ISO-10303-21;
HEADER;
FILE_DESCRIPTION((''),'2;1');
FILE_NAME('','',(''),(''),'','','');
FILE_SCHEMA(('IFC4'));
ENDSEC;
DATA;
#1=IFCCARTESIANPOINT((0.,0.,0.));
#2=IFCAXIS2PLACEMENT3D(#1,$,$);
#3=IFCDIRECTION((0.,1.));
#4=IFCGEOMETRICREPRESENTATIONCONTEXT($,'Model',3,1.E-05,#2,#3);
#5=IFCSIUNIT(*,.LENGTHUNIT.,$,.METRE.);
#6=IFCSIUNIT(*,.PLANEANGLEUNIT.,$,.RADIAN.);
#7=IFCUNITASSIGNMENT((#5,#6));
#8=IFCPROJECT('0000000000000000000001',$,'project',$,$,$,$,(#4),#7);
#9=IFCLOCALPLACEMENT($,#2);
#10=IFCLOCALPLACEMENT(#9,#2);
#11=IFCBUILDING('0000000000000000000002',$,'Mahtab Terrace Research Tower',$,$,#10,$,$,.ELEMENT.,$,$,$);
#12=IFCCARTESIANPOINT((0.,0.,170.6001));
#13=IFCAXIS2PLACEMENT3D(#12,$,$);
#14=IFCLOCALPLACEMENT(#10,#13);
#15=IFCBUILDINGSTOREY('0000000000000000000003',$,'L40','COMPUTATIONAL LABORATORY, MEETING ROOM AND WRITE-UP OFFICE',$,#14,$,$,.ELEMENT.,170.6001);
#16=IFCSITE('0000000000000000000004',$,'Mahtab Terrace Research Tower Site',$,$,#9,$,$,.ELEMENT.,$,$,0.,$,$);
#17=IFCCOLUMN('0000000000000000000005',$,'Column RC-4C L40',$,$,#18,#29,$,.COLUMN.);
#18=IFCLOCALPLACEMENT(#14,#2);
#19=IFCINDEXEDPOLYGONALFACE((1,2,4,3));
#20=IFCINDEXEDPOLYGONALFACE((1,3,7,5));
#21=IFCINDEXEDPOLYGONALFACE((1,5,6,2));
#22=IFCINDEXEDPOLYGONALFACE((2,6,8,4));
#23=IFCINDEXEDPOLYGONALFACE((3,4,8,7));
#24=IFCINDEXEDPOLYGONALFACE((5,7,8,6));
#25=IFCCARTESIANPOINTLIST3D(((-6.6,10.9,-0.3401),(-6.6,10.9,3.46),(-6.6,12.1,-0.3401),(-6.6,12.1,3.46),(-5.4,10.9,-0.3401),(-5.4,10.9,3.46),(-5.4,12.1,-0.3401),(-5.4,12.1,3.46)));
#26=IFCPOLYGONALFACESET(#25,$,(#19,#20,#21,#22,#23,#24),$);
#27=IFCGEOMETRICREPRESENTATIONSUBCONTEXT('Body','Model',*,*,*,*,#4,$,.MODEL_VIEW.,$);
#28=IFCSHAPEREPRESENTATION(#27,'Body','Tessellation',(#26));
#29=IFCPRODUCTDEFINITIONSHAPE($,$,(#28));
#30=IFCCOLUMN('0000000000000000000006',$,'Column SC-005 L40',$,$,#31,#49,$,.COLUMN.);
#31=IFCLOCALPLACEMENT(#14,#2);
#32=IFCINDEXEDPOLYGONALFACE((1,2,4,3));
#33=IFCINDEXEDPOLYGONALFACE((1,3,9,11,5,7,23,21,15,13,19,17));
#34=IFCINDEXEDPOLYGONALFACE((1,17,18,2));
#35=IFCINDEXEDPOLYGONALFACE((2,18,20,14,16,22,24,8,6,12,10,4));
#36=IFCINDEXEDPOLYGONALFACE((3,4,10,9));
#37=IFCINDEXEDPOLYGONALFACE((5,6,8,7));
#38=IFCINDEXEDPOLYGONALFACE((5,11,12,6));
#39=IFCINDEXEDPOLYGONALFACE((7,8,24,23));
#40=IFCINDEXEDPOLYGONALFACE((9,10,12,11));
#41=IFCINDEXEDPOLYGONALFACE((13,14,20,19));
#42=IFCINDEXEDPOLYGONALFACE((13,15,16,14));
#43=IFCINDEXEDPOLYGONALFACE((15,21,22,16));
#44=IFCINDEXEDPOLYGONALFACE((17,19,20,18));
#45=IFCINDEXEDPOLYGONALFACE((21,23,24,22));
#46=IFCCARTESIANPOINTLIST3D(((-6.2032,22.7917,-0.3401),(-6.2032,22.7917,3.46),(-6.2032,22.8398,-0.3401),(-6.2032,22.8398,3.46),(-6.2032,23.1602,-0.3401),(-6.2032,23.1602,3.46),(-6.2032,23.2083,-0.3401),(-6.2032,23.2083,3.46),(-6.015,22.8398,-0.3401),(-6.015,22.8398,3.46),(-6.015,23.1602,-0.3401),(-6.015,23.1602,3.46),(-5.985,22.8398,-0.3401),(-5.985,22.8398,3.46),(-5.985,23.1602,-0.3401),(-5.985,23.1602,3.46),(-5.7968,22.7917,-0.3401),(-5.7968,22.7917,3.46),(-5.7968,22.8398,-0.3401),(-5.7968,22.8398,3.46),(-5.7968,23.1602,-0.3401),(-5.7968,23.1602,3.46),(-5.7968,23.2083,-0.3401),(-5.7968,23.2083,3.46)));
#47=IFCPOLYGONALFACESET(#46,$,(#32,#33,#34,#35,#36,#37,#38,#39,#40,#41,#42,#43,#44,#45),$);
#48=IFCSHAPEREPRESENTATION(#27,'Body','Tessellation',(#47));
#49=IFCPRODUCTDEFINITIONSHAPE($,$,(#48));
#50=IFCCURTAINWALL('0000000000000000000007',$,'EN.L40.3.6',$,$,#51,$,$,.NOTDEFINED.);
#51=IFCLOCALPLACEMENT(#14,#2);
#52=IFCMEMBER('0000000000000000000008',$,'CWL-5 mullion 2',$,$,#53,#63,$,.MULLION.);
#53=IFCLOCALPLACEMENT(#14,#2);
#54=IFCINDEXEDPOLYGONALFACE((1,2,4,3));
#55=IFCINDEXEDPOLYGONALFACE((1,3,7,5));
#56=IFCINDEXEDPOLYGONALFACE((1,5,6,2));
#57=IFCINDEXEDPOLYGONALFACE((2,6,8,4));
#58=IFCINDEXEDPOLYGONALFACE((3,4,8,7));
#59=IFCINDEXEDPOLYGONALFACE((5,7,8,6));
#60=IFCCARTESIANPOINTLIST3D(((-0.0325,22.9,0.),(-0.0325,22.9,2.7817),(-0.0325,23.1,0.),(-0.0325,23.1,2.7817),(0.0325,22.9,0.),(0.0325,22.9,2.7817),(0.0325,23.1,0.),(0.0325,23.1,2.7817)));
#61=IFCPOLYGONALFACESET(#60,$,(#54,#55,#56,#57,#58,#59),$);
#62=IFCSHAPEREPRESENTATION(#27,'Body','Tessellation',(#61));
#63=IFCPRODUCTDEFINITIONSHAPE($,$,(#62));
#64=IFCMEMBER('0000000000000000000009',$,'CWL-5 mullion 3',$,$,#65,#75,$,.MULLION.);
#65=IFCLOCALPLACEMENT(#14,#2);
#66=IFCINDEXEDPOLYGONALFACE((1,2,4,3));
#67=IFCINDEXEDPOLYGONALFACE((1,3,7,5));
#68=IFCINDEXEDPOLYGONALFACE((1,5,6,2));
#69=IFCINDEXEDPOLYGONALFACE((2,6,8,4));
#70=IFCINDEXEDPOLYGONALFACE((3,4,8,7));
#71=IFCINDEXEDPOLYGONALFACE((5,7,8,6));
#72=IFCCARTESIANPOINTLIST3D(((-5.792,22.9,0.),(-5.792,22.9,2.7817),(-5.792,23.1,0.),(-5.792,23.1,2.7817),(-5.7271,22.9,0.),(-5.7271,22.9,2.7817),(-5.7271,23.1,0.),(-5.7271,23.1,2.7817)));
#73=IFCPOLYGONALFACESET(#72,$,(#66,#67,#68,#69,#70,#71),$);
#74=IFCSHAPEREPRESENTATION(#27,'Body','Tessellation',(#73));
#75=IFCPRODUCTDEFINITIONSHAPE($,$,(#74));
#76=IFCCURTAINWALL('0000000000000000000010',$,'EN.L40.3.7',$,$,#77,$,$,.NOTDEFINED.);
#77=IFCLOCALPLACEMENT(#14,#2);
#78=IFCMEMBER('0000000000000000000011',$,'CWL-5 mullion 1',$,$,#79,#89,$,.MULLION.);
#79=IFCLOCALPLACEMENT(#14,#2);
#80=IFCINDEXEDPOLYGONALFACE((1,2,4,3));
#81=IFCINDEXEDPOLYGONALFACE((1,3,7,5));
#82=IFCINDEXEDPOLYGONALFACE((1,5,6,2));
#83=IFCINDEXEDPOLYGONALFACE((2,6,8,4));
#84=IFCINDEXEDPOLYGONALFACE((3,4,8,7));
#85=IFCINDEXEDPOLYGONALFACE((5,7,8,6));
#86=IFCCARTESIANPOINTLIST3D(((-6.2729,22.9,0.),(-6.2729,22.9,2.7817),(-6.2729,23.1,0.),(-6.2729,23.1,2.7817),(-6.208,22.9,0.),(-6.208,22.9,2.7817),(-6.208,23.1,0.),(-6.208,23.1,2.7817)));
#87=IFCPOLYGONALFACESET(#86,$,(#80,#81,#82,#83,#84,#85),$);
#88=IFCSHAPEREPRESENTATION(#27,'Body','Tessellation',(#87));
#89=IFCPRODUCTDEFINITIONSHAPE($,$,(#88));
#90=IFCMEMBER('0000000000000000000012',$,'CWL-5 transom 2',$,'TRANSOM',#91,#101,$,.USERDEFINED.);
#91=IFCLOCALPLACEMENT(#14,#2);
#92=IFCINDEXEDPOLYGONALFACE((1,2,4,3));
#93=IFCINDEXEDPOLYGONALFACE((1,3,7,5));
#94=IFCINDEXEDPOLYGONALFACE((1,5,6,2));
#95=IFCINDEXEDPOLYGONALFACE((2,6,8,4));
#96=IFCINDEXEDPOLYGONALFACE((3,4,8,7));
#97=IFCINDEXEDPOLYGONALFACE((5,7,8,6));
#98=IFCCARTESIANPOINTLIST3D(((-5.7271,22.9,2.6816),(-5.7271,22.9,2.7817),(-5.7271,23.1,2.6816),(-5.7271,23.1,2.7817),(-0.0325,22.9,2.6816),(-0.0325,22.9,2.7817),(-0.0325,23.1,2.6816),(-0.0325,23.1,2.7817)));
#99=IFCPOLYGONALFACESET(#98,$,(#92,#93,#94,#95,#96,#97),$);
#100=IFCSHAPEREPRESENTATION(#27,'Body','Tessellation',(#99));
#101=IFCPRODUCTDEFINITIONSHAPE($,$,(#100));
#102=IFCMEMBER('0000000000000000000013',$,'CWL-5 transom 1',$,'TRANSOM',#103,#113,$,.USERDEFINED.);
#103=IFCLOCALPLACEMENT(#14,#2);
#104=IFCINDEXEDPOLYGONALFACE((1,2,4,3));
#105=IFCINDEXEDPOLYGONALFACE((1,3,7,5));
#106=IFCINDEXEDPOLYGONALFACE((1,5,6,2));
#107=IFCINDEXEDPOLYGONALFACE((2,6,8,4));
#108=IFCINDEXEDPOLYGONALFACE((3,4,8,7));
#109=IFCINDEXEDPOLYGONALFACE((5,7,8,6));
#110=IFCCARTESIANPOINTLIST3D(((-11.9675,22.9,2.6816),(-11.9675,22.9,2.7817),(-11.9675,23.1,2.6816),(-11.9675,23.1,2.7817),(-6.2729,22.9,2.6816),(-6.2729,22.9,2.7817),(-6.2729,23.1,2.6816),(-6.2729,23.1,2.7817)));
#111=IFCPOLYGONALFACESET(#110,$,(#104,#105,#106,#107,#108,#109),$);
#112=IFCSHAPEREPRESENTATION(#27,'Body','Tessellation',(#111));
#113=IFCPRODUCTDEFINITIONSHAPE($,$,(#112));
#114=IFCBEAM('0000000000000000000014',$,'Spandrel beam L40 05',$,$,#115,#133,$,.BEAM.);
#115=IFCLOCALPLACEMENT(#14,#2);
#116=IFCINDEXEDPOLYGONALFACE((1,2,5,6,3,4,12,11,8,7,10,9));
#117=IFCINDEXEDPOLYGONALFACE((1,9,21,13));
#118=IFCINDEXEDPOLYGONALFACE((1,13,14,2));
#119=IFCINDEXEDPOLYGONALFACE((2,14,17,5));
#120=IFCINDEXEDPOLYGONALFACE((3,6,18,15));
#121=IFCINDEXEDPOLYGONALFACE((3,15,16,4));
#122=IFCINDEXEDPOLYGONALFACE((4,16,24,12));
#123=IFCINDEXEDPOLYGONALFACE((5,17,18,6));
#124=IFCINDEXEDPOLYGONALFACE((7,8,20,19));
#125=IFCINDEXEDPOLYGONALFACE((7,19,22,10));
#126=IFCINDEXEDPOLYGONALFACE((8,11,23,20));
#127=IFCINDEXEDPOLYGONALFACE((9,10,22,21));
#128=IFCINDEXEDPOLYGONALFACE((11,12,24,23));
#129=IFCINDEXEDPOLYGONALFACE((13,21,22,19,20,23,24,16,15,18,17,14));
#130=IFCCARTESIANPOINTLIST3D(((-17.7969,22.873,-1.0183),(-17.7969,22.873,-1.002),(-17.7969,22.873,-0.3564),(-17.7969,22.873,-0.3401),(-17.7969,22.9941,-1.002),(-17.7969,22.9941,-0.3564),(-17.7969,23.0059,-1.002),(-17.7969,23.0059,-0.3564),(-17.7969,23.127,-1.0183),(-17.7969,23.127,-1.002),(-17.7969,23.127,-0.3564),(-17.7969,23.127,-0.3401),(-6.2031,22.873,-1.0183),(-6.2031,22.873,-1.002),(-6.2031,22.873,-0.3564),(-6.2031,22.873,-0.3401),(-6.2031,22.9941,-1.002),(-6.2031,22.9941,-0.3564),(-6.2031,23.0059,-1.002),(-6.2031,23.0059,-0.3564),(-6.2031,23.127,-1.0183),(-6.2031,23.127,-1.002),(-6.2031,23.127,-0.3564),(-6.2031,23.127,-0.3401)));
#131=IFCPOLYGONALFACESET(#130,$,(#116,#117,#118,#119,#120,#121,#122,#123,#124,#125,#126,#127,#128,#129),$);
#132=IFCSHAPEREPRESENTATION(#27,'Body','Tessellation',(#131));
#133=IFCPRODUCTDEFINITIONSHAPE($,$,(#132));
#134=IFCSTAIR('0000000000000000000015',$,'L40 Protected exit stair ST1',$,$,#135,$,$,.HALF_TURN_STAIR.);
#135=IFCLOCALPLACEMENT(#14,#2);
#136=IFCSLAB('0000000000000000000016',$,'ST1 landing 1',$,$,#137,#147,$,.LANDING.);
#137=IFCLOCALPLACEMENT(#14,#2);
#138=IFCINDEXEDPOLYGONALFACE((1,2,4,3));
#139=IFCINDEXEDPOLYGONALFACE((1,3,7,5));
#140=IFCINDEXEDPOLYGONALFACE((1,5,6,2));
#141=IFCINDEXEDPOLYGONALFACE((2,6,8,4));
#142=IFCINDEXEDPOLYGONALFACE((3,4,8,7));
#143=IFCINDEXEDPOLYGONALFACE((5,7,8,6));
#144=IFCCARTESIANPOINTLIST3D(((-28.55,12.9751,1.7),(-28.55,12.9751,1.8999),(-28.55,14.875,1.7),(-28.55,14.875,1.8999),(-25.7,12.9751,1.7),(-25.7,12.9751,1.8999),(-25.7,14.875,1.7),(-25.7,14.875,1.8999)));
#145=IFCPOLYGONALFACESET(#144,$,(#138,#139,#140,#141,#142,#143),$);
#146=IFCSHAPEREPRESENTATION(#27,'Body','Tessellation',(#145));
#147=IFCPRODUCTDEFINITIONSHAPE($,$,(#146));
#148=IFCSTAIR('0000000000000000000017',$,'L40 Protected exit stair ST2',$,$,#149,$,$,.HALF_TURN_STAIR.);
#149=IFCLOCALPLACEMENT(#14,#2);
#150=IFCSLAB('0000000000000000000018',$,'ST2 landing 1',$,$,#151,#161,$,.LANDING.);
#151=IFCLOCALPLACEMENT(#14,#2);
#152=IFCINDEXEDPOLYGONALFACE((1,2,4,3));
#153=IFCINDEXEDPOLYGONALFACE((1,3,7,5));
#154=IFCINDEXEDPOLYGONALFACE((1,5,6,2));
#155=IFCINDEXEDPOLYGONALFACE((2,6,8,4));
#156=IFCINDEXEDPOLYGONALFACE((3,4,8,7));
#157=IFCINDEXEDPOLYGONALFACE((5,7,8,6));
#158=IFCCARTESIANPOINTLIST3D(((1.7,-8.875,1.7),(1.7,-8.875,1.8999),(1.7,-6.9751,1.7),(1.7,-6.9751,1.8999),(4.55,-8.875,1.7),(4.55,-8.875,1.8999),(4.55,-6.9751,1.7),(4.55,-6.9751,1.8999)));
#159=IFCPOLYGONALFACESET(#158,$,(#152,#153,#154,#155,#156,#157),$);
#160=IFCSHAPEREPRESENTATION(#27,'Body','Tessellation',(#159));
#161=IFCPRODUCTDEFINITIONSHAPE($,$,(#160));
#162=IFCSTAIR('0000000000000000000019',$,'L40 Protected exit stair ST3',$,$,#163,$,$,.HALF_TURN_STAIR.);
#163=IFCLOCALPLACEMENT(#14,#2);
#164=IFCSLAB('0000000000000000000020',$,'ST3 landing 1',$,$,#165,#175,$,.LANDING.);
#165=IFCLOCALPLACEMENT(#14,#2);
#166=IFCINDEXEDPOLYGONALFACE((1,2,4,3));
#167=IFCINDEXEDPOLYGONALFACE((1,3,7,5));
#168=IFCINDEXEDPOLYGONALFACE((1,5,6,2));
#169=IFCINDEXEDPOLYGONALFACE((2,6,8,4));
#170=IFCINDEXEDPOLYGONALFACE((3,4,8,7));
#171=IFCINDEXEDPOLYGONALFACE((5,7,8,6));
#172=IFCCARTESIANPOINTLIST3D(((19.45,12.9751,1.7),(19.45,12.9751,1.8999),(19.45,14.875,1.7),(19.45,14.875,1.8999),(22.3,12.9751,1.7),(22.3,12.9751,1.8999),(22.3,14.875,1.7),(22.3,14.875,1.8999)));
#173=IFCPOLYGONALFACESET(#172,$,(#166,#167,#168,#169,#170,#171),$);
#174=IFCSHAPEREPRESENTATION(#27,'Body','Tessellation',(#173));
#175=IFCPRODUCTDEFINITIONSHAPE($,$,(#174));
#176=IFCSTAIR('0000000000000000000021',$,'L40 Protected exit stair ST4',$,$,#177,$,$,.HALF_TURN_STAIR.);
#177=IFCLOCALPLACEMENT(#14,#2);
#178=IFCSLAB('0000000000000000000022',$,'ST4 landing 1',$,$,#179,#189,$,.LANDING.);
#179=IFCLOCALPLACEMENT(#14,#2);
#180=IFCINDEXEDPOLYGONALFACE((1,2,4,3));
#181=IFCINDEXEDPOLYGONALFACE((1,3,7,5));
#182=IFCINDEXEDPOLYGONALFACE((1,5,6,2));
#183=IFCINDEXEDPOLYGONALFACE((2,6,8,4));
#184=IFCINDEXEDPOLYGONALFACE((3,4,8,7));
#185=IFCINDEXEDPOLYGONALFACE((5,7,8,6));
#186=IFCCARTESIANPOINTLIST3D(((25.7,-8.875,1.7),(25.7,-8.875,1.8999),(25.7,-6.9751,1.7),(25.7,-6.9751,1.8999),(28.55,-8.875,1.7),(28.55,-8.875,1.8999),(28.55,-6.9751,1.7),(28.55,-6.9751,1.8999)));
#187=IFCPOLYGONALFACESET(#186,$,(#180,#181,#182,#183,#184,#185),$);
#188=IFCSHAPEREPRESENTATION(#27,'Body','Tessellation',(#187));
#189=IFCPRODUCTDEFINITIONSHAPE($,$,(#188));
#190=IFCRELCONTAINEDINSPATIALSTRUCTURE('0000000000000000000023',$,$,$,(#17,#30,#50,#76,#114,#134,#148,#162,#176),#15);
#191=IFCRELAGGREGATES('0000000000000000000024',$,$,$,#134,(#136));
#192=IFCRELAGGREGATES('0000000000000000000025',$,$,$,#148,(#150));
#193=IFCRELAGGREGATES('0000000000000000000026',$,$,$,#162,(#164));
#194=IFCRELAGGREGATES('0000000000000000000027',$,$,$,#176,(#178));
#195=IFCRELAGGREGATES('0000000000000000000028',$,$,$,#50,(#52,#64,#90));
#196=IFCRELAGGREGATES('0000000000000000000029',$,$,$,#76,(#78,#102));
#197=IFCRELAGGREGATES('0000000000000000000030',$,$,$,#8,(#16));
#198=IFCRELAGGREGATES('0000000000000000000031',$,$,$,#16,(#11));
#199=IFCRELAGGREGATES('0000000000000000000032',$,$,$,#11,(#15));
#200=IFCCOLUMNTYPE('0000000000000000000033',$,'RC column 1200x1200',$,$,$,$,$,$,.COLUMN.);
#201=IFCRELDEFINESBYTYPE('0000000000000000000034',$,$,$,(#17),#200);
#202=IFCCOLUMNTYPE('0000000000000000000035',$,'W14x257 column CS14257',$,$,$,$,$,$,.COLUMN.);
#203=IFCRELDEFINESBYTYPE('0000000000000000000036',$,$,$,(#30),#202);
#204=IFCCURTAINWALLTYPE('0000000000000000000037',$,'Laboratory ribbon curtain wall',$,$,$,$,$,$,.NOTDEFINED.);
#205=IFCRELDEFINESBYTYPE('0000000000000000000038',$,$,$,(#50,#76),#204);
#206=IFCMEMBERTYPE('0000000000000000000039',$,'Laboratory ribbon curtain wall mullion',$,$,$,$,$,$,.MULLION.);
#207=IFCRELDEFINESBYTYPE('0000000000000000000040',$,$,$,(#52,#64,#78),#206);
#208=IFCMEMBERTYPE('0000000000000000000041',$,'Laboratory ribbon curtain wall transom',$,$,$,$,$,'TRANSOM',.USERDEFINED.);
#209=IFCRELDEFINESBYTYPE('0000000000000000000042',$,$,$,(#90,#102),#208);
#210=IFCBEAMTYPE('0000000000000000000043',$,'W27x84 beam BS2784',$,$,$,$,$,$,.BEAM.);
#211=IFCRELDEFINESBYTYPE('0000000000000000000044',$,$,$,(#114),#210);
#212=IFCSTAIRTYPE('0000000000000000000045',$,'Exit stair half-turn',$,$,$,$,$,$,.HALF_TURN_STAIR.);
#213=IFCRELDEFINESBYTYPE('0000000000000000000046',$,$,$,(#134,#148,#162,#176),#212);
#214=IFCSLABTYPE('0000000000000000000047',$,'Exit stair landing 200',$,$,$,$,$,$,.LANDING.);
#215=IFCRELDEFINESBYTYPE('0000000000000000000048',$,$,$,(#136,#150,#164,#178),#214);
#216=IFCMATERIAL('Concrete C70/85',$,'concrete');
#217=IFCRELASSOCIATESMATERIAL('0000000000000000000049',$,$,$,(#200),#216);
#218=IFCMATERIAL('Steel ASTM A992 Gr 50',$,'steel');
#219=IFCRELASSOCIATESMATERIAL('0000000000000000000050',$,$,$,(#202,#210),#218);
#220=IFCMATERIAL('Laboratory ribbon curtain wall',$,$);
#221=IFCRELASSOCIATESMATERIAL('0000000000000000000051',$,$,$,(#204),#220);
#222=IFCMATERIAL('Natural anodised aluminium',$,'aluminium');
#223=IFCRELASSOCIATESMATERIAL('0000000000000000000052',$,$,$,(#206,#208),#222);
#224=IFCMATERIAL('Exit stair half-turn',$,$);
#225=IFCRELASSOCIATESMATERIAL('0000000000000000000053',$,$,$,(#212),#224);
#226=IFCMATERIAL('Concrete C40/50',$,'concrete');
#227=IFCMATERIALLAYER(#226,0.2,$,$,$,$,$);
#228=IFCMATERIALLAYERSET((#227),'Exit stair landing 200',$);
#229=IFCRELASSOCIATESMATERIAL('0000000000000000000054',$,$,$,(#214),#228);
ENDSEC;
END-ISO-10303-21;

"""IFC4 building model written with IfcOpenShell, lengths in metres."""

from ifc_helpers import new_model, si_unit, direction, frame, origin, origin_2d, place, context, subcontext, project, spatial, polyline, rectangle, i_section, outline, extrude, material, layer, layer_set, material_profile, profile_set, type_object, element, aggregate, save


model = new_model("IFC4")

# Units and contexts
model_context = context("Model", 3, precision=1e-05, world=origin(), true_north=direction((0.0, 1.0)))
body_context = subcontext(model_context, "Body", "Model", "MODEL_VIEW")
ifc_project = project(units=[si_unit("LENGTHUNIT", "METRE"), si_unit("PLANEANGLEUNIT", "RADIAN")], contexts=[model_context])

# Site, building, storey
site_placement = place(None, origin())
site = spatial("IfcSite", under=ifc_project, at=site_placement, Name="Mahtab Terrace Research Tower Site", CompositionType="ELEMENT", RefElevation=0.0)
building_placement = place(site_placement, origin())
building = spatial("IfcBuilding", under=site, at=building_placement, Name="Mahtab Terrace Research Tower", CompositionType="ELEMENT")
storey_placement = place(building_placement, frame((0.0, 0.0, 170.6001)))
storey = spatial("IfcBuildingStorey", under=building, at=storey_placement, Name="L40", Description="COMPUTATIONAL LABORATORY, MEETING ROOM AND WRITE-UP OFFICE", CompositionType="ELEMENT", Elevation=170.6001)

# Columns
ifc_material_1 = material(Name="Concrete C70/85", Category="concrete")
ifc_material_profile_1 = material_profile(ifc_material_1, rectangle(XDim=1.2, YDim=1.2, at=origin_2d()), Name="RC column 1200x1200")
ifc_profile_set_1 = profile_set([ifc_material_profile_1], Name="Concrete C70/85")
column_type_1 = type_object("IfcColumnType", Name="RC column 1200x1200", PredefinedType="COLUMN", material=ifc_profile_set_1)
column_1_placement = place(storey_placement, frame((-6.0, 11.5, -0.3401), z_axis=(0.0, 0.0, 1.0), x_axis=(1.0, 0.0, 0.0)))
element("IfcColumn", 1, at=column_1_placement, inside=storey, type_object=column_type_1, Name="Column RC-4C L40", PredefinedType="COLUMN", context=body_context, shape_type="SweptSolid", body=[
    extrude(rectangle(XDim=1.2, YDim=1.2, at=origin_2d()), origin(), (0.0, 0.0, 1.0), 3.8),
])
ifc_material_2 = material(Name="Steel ASTM A992 Gr 50", Category="steel")
ifc_material_profile_2 = material_profile(ifc_material_2, i_section(OverallWidth=0.4065, OverallDepth=0.4165, WebThickness=0.03, FlangeThickness=0.0481, at=origin_2d()), Name="W14X257")
ifc_profile_set_2 = profile_set([ifc_material_profile_2], Name="Steel ASTM A992 Gr 50")
column_type_2 = type_object("IfcColumnType", Name="W14x257 column CS14257", PredefinedType="COLUMN", material=ifc_profile_set_2)
column_2_placement = place(storey_placement, frame((-6.0, 23.0, -0.3401), z_axis=(0.0, 0.0, 1.0), x_axis=(1.0, 0.0, 0.0)))
element("IfcColumn", 2, at=column_2_placement, inside=storey, type_object=column_type_2, Name="Column SC-005 L40", PredefinedType="COLUMN", context=body_context, shape_type="SweptSolid", body=[
    extrude(i_section(OverallWidth=0.4065, OverallDepth=0.4165, WebThickness=0.03, FlangeThickness=0.0481, at=origin_2d()), origin(), (0.0, 0.0, 1.0), 3.8),
])

# Curtain wall, members
ifc_material_3 = material(Name="Laboratory ribbon curtain wall")
curtain_wall_type = type_object("IfcCurtainWallType", Name="Laboratory ribbon curtain wall", PredefinedType="NOTDEFINED", material=ifc_material_3)
curtain_wall_1_placement = place(storey_placement, origin())
curtain_wall_1 = element("IfcCurtainWall", 3, at=curtain_wall_1_placement, inside=storey, type_object=curtain_wall_type, Name="EN.L40.3.6", PredefinedType="NOTDEFINED")
ifc_material_4 = material(Name="Natural anodised aluminium", Category="aluminium")
ifc_material_profile_3 = material_profile(ifc_material_4, rectangle(XDim=0.2, YDim=0.0649, at=origin_2d()), Name="MULLION 65x200")
ifc_profile_set_3 = profile_set([ifc_material_profile_3], Name="Natural anodised aluminium")
member_type_1 = type_object("IfcMemberType", Name="Laboratory ribbon curtain wall mullion", PredefinedType="MULLION", material=ifc_profile_set_3)
member_1_placement = place(storey_placement, frame((0.0, 23.0, 0.0), z_axis=(0.0, 0.0, 1.0), x_axis=(0.0, -1.0, 0.0)))
member_1 = element("IfcMember", 4, at=member_1_placement, type_object=member_type_1, Name="CWL-5 mullion 2", PredefinedType="MULLION", context=body_context, shape_type="SweptSolid", body=[
    extrude(rectangle(XDim=0.2, YDim=0.0649, at=origin_2d()), origin(), (0.0, 0.0, 1.0), 2.7817),
])
member_2_placement = place(storey_placement, frame((-5.7595, 23.0, 0.0), z_axis=(0.0, 0.0, 1.0), x_axis=(0.0, -1.0, 0.0)))
member_2 = element("IfcMember", 5, at=member_2_placement, type_object=member_type_1, Name="CWL-5 mullion 3", PredefinedType="MULLION", context=body_context, shape_type="SweptSolid", body=[
    extrude(rectangle(XDim=0.2, YDim=0.0649, at=origin_2d()), origin(), (0.0, 0.0, 1.0), 2.7817),
])

# Curtain wall, member
curtain_wall_2_placement = place(storey_placement, origin())
curtain_wall_2 = element("IfcCurtainWall", 6, at=curtain_wall_2_placement, inside=storey, type_object=curtain_wall_type, Name="EN.L40.3.7", PredefinedType="NOTDEFINED")
member_3_placement = place(storey_placement, frame((-6.2405, 23.0, 0.0), z_axis=(0.0, 0.0, 1.0), x_axis=(0.0, -1.0, 0.0)))
member_3 = element("IfcMember", 7, at=member_3_placement, type_object=member_type_1, Name="CWL-5 mullion 1", PredefinedType="MULLION", context=body_context, shape_type="SweptSolid", body=[
    extrude(rectangle(XDim=0.2, YDim=0.0649, at=origin_2d()), origin(), (0.0, 0.0, 1.0), 2.7817),
])

# Members
ifc_material_profile_4 = material_profile(ifc_material_4, rectangle(XDim=0.2, YDim=0.1001, at=origin_2d()), Name="TRANSOM 100x200")
ifc_profile_set_4 = profile_set([ifc_material_profile_4], Name="Natural anodised aluminium")
member_type_2 = type_object("IfcMemberType", Name="Laboratory ribbon curtain wall transom", ElementType="TRANSOM", PredefinedType="USERDEFINED", material=ifc_profile_set_4)
member_4_placement = place(storey_placement, frame((-0.0325, 23.0, 2.7317), z_axis=(-1.0, 0.0, 0.0), x_axis=(0.0, -1.0, 0.0)))
member_4 = element("IfcMember", 8, at=member_4_placement, type_object=member_type_2, Name="CWL-5 transom 2", ObjectType="TRANSOM", PredefinedType="USERDEFINED", context=body_context, shape_type="SweptSolid", body=[
    extrude(rectangle(XDim=0.2, YDim=0.1001, at=origin_2d()), origin(), (0.0, 0.0, 1.0), 5.6946),
])
member_5_placement = place(storey_placement, frame((-6.2729, 23.0, 2.7317), z_axis=(-1.0, 0.0, 0.0), x_axis=(0.0, -1.0, 0.0)))
member_5 = element("IfcMember", 9, at=member_5_placement, type_object=member_type_2, Name="CWL-5 transom 1", ObjectType="TRANSOM", PredefinedType="USERDEFINED", context=body_context, shape_type="SweptSolid", body=[
    extrude(rectangle(XDim=0.2, YDim=0.1001, at=origin_2d()), origin(), (0.0, 0.0, 1.0), 5.6946),
])

# Beam
ifc_material_profile_5 = material_profile(ifc_material_2, i_section(OverallWidth=0.2539, OverallDepth=0.6782, WebThickness=0.0117, FlangeThickness=0.0164, at=origin_2d()), Name="W27X84")
ifc_profile_set_5 = profile_set([ifc_material_profile_5], Name="Steel ASTM A992 Gr 50")
beam_type = type_object("IfcBeamType", Name="W27x84 beam BS2784", PredefinedType="BEAM", material=ifc_profile_set_5)
beam_placement = place(storey_placement, frame((-6.2031, 23.0, -0.6792), z_axis=(-1.0, 0.0, 0.0), x_axis=(0.0, -1.0, 0.0)))
element("IfcBeam", 10, at=beam_placement, inside=storey, type_object=beam_type, Name="Spandrel beam L40 05", PredefinedType="BEAM", context=body_context, shape_type="SweptSolid", body=[
    extrude(i_section(OverallWidth=0.2539, OverallDepth=0.6782, WebThickness=0.0117, FlangeThickness=0.0164, at=origin_2d()), origin(), (0.0, 0.0, 1.0), 11.5938),
])

# Stairs, slabs
ifc_material_5 = material(Name="Exit stair half-turn")
stair_type = type_object("IfcStairType", Name="Exit stair half-turn", PredefinedType="HALF_TURN_STAIR", material=ifc_material_5)
stair_1_placement = place(storey_placement, origin())
stair_1 = element("IfcStair", 11, at=stair_1_placement, inside=storey, type_object=stair_type, Name="L40 Protected exit stair ST1", PredefinedType="HALF_TURN_STAIR")
ifc_material_6 = material(Name="Concrete C40/50", Category="concrete")
ifc_layer_1 = layer(ifc_material_6, 0.2)
ifc_layer_set_1 = layer_set([ifc_layer_1], Name="Exit stair landing 200")
slab_type = type_object("IfcSlabType", Name="Exit stair landing 200", PredefinedType="LANDING", material=ifc_layer_set_1)
slab_1_placement = place(storey_placement, frame((0.0, 0.0, 1.7)))
slab_1 = element("IfcSlab", 12, at=slab_1_placement, type_object=slab_type, Name="ST1 landing 1", PredefinedType="LANDING", context=body_context, shape_type="SweptSolid", body=[
    extrude(outline(polyline([(-25.7, 12.9751), (-25.7, 14.875), (-28.55, 14.875), (-28.55, 12.9751), (-25.7, 12.9751)])), origin(), (0.0, 0.0, 1.0), 0.2),
])
aggregate(stair_1, [slab_1])
stair_2_placement = place(storey_placement, origin())
stair_2 = element("IfcStair", 13, at=stair_2_placement, inside=storey, type_object=stair_type, Name="L40 Protected exit stair ST2", PredefinedType="HALF_TURN_STAIR")
slab_2_placement = place(storey_placement, frame((0.0, 0.0, 1.7)))
slab_2 = element("IfcSlab", 14, at=slab_2_placement, type_object=slab_type, Name="ST2 landing 1", PredefinedType="LANDING", context=body_context, shape_type="SweptSolid", body=[
    extrude(outline(polyline([(1.7, -6.9751), (1.7, -8.875), (4.55, -8.875), (4.55, -6.9751), (1.7, -6.9751)])), origin(), (0.0, 0.0, 1.0), 0.2),
])
aggregate(stair_2, [slab_2])
stair_3_placement = place(storey_placement, origin())
stair_3 = element("IfcStair", 15, at=stair_3_placement, inside=storey, type_object=stair_type, Name="L40 Protected exit stair ST3", PredefinedType="HALF_TURN_STAIR")
slab_3_placement = place(storey_placement, frame((0.0, 0.0, 1.7)))
slab_3 = element("IfcSlab", 16, at=slab_3_placement, type_object=slab_type, Name="ST3 landing 1", PredefinedType="LANDING", context=body_context, shape_type="SweptSolid", body=[
    extrude(outline(polyline([(22.3, 12.9751), (22.3, 14.875), (19.45, 14.875), (19.45, 12.9751), (22.3, 12.9751)])), origin(), (0.0, 0.0, 1.0), 0.2),
])
aggregate(stair_3, [slab_3])
stair_4_placement = place(storey_placement, origin())
stair_4 = element("IfcStair", 17, at=stair_4_placement, inside=storey, type_object=stair_type, Name="L40 Protected exit stair ST4", PredefinedType="HALF_TURN_STAIR")
slab_4_placement = place(storey_placement, frame((0.0, 0.0, 1.7)))
slab_4 = element("IfcSlab", 18, at=slab_4_placement, type_object=slab_type, Name="ST4 landing 1", PredefinedType="LANDING", context=body_context, shape_type="SweptSolid", body=[
    extrude(outline(polyline([(25.7, -6.9751), (25.7, -8.875), (28.55, -8.875), (28.55, -6.9751), (25.7, -6.9751)])), origin(), (0.0, 0.0, 1.0), 0.2),
])
aggregate(stair_4, [slab_4])

aggregate(curtain_wall_1, [member_1, member_2, member_4])
aggregate(curtain_wall_2, [member_3, member_5])

save(model, "model.ifc")
